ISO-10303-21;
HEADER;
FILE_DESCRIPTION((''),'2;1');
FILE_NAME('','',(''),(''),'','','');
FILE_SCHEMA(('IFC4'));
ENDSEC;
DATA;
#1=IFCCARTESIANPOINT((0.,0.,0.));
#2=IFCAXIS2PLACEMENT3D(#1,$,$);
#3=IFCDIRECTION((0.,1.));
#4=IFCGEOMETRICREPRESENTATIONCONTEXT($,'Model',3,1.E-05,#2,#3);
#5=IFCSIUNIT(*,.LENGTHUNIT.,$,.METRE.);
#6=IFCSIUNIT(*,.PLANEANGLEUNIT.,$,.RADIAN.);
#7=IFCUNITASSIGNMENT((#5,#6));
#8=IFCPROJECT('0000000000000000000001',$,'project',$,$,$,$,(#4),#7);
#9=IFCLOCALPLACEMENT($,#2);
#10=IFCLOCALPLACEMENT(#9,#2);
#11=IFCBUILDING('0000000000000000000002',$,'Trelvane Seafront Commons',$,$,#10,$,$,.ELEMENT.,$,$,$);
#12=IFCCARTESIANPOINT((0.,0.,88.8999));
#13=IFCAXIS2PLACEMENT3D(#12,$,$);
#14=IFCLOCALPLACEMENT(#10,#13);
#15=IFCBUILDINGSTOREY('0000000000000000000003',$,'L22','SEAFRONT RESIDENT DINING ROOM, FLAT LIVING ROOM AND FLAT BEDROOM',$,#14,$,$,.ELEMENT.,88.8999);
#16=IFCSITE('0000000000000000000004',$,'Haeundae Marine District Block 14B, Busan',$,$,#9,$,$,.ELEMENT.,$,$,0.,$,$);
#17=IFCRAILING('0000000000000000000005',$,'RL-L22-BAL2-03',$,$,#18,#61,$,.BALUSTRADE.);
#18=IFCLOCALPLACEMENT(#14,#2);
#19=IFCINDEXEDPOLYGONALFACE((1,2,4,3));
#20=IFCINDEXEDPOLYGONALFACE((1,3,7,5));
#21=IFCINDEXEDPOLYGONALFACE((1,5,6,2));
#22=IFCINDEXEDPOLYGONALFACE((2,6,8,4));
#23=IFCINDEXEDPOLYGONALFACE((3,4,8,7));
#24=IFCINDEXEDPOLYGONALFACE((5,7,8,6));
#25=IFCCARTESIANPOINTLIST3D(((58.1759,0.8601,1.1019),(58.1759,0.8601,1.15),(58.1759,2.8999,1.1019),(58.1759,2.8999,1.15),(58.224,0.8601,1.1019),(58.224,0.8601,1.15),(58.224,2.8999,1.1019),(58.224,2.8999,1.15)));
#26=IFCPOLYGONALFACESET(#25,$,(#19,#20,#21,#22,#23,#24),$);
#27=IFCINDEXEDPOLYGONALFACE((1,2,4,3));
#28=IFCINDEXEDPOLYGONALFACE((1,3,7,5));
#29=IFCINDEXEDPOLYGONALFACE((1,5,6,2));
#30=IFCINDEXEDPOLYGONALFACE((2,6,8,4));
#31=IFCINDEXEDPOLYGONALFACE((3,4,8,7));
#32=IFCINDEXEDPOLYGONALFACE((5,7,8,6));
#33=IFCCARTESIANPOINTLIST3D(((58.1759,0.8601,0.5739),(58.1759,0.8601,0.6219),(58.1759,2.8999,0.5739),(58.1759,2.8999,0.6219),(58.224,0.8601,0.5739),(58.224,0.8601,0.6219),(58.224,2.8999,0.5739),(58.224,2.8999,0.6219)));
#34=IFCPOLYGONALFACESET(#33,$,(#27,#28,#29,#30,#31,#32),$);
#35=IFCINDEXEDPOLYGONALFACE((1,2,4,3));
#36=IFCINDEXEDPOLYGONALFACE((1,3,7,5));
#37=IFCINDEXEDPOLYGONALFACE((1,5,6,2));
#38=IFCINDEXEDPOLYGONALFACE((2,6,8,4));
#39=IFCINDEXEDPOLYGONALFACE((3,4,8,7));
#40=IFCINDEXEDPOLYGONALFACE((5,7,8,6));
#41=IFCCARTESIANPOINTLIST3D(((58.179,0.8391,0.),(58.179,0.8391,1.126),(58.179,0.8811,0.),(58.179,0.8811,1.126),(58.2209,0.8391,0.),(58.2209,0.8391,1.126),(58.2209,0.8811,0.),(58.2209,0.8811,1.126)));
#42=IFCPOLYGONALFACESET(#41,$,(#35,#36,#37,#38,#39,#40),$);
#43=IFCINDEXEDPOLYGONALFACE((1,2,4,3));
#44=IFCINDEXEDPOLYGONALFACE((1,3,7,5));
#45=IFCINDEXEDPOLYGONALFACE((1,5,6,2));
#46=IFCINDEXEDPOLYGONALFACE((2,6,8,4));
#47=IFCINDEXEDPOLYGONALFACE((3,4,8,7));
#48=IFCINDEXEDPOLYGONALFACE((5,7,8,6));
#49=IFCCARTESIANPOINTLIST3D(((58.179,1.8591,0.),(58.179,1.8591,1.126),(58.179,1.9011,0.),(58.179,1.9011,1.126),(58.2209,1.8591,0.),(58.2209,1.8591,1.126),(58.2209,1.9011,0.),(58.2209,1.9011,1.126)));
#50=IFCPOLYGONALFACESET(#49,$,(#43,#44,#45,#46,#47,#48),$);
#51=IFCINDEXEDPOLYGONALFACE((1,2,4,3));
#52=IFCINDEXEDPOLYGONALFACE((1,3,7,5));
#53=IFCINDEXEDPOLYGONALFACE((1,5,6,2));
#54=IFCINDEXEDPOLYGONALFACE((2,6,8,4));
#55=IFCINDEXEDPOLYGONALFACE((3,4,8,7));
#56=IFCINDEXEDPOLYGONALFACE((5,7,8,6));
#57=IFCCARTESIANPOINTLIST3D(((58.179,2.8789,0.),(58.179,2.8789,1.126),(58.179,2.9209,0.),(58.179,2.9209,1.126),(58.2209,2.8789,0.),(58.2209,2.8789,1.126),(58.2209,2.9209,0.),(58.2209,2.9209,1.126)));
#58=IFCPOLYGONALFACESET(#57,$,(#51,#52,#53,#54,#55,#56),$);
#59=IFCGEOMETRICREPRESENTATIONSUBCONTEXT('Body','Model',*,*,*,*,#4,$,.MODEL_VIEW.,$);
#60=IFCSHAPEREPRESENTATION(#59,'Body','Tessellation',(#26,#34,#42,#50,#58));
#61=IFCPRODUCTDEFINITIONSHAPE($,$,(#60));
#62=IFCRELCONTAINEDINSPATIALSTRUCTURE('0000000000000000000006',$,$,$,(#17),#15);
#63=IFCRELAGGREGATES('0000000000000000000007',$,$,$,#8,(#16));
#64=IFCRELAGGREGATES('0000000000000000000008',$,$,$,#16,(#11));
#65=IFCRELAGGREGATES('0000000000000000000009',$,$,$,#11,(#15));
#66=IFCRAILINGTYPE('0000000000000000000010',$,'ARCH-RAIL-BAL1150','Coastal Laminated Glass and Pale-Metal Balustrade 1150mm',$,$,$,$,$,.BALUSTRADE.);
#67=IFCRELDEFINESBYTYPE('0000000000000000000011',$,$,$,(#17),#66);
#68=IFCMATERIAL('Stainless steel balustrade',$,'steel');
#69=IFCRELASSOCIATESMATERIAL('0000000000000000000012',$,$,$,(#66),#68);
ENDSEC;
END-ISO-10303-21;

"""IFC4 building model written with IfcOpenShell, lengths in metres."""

from ifc_helpers import new_model, si_unit, direction, frame, origin, origin_2d, place, context, subcontext, project, spatial, rectangle, extrude, material, type_object, element, save


model = new_model("IFC4")

# Units and contexts
model_context = context("Model", 3, precision=1e-05, world=origin(), true_north=direction((0.0, 1.0)))
body_context = subcontext(model_context, "Body", "Model", "MODEL_VIEW")
ifc_project = project(units=[si_unit("LENGTHUNIT", "METRE"), si_unit("PLANEANGLEUNIT", "RADIAN")], contexts=[model_context])

# Site, building, storey
site_placement = place(None, origin())
site = spatial("IfcSite", under=ifc_project, at=site_placement, Name="Haeundae Marine District Block 14B, Busan", CompositionType="ELEMENT", RefElevation=0.0)
building_placement = place(site_placement, origin())
building = spatial("IfcBuilding", under=site, at=building_placement, Name="Trelvane Seafront Commons", CompositionType="ELEMENT")
storey_placement = place(building_placement, frame((0.0, 0.0, 88.8999)))
storey = spatial("IfcBuildingStorey", under=building, at=storey_placement, Name="L22", Description="SEAFRONT RESIDENT DINING ROOM, FLAT LIVING ROOM AND FLAT BEDROOM", CompositionType="ELEMENT", Elevation=88.8999)

# Railing
ifc_material_1 = material(Name="Stainless steel balustrade", Category="steel")
railing_type = type_object("IfcRailingType", Name="ARCH-RAIL-BAL1150", Description="Coastal Laminated Glass and Pale-Metal Balustrade 1150mm", PredefinedType="BALUSTRADE", material=ifc_material_1)
railing_placement = place(storey_placement, frame((58.2, 0.8601, 0.0)))
element("IfcRailing", 1, at=railing_placement, inside=storey, type_object=railing_type, Name="RL-L22-BAL2-03", PredefinedType="BALUSTRADE", context=body_context, shape_type="SweptSolid", body=[
    extrude(rectangle(XDim=0.0481, YDim=0.0481, at=origin_2d()), frame((0.0, 0.0, 1.126), z_axis=(0.0, 1.0, 0.0), x_axis=(-1.0, 0.0, 0.0)), (0.0, 0.0, 1.0), 2.0398),
    extrude(rectangle(XDim=0.0481, YDim=0.0481, at=origin_2d()), frame((0.0, 0.0, 0.5979), z_axis=(0.0, 1.0, 0.0), x_axis=(-1.0, 0.0, 0.0)), (0.0, 0.0, 1.0), 2.0398),
    extrude(rectangle(XDim=0.042, YDim=0.042, at=origin_2d()), origin(), (0.0, 0.0, 1.0), 1.126),
    extrude(rectangle(XDim=0.042, YDim=0.042, at=origin_2d()), frame((0.0, 1.02, 0.0)), (0.0, 0.0, 1.0), 1.126),
    extrude(rectangle(XDim=0.042, YDim=0.042, at=origin_2d()), frame((0.0, 2.0398, 0.0)), (0.0, 0.0, 1.0), 1.126),
])

save(model, "model.ifc")
